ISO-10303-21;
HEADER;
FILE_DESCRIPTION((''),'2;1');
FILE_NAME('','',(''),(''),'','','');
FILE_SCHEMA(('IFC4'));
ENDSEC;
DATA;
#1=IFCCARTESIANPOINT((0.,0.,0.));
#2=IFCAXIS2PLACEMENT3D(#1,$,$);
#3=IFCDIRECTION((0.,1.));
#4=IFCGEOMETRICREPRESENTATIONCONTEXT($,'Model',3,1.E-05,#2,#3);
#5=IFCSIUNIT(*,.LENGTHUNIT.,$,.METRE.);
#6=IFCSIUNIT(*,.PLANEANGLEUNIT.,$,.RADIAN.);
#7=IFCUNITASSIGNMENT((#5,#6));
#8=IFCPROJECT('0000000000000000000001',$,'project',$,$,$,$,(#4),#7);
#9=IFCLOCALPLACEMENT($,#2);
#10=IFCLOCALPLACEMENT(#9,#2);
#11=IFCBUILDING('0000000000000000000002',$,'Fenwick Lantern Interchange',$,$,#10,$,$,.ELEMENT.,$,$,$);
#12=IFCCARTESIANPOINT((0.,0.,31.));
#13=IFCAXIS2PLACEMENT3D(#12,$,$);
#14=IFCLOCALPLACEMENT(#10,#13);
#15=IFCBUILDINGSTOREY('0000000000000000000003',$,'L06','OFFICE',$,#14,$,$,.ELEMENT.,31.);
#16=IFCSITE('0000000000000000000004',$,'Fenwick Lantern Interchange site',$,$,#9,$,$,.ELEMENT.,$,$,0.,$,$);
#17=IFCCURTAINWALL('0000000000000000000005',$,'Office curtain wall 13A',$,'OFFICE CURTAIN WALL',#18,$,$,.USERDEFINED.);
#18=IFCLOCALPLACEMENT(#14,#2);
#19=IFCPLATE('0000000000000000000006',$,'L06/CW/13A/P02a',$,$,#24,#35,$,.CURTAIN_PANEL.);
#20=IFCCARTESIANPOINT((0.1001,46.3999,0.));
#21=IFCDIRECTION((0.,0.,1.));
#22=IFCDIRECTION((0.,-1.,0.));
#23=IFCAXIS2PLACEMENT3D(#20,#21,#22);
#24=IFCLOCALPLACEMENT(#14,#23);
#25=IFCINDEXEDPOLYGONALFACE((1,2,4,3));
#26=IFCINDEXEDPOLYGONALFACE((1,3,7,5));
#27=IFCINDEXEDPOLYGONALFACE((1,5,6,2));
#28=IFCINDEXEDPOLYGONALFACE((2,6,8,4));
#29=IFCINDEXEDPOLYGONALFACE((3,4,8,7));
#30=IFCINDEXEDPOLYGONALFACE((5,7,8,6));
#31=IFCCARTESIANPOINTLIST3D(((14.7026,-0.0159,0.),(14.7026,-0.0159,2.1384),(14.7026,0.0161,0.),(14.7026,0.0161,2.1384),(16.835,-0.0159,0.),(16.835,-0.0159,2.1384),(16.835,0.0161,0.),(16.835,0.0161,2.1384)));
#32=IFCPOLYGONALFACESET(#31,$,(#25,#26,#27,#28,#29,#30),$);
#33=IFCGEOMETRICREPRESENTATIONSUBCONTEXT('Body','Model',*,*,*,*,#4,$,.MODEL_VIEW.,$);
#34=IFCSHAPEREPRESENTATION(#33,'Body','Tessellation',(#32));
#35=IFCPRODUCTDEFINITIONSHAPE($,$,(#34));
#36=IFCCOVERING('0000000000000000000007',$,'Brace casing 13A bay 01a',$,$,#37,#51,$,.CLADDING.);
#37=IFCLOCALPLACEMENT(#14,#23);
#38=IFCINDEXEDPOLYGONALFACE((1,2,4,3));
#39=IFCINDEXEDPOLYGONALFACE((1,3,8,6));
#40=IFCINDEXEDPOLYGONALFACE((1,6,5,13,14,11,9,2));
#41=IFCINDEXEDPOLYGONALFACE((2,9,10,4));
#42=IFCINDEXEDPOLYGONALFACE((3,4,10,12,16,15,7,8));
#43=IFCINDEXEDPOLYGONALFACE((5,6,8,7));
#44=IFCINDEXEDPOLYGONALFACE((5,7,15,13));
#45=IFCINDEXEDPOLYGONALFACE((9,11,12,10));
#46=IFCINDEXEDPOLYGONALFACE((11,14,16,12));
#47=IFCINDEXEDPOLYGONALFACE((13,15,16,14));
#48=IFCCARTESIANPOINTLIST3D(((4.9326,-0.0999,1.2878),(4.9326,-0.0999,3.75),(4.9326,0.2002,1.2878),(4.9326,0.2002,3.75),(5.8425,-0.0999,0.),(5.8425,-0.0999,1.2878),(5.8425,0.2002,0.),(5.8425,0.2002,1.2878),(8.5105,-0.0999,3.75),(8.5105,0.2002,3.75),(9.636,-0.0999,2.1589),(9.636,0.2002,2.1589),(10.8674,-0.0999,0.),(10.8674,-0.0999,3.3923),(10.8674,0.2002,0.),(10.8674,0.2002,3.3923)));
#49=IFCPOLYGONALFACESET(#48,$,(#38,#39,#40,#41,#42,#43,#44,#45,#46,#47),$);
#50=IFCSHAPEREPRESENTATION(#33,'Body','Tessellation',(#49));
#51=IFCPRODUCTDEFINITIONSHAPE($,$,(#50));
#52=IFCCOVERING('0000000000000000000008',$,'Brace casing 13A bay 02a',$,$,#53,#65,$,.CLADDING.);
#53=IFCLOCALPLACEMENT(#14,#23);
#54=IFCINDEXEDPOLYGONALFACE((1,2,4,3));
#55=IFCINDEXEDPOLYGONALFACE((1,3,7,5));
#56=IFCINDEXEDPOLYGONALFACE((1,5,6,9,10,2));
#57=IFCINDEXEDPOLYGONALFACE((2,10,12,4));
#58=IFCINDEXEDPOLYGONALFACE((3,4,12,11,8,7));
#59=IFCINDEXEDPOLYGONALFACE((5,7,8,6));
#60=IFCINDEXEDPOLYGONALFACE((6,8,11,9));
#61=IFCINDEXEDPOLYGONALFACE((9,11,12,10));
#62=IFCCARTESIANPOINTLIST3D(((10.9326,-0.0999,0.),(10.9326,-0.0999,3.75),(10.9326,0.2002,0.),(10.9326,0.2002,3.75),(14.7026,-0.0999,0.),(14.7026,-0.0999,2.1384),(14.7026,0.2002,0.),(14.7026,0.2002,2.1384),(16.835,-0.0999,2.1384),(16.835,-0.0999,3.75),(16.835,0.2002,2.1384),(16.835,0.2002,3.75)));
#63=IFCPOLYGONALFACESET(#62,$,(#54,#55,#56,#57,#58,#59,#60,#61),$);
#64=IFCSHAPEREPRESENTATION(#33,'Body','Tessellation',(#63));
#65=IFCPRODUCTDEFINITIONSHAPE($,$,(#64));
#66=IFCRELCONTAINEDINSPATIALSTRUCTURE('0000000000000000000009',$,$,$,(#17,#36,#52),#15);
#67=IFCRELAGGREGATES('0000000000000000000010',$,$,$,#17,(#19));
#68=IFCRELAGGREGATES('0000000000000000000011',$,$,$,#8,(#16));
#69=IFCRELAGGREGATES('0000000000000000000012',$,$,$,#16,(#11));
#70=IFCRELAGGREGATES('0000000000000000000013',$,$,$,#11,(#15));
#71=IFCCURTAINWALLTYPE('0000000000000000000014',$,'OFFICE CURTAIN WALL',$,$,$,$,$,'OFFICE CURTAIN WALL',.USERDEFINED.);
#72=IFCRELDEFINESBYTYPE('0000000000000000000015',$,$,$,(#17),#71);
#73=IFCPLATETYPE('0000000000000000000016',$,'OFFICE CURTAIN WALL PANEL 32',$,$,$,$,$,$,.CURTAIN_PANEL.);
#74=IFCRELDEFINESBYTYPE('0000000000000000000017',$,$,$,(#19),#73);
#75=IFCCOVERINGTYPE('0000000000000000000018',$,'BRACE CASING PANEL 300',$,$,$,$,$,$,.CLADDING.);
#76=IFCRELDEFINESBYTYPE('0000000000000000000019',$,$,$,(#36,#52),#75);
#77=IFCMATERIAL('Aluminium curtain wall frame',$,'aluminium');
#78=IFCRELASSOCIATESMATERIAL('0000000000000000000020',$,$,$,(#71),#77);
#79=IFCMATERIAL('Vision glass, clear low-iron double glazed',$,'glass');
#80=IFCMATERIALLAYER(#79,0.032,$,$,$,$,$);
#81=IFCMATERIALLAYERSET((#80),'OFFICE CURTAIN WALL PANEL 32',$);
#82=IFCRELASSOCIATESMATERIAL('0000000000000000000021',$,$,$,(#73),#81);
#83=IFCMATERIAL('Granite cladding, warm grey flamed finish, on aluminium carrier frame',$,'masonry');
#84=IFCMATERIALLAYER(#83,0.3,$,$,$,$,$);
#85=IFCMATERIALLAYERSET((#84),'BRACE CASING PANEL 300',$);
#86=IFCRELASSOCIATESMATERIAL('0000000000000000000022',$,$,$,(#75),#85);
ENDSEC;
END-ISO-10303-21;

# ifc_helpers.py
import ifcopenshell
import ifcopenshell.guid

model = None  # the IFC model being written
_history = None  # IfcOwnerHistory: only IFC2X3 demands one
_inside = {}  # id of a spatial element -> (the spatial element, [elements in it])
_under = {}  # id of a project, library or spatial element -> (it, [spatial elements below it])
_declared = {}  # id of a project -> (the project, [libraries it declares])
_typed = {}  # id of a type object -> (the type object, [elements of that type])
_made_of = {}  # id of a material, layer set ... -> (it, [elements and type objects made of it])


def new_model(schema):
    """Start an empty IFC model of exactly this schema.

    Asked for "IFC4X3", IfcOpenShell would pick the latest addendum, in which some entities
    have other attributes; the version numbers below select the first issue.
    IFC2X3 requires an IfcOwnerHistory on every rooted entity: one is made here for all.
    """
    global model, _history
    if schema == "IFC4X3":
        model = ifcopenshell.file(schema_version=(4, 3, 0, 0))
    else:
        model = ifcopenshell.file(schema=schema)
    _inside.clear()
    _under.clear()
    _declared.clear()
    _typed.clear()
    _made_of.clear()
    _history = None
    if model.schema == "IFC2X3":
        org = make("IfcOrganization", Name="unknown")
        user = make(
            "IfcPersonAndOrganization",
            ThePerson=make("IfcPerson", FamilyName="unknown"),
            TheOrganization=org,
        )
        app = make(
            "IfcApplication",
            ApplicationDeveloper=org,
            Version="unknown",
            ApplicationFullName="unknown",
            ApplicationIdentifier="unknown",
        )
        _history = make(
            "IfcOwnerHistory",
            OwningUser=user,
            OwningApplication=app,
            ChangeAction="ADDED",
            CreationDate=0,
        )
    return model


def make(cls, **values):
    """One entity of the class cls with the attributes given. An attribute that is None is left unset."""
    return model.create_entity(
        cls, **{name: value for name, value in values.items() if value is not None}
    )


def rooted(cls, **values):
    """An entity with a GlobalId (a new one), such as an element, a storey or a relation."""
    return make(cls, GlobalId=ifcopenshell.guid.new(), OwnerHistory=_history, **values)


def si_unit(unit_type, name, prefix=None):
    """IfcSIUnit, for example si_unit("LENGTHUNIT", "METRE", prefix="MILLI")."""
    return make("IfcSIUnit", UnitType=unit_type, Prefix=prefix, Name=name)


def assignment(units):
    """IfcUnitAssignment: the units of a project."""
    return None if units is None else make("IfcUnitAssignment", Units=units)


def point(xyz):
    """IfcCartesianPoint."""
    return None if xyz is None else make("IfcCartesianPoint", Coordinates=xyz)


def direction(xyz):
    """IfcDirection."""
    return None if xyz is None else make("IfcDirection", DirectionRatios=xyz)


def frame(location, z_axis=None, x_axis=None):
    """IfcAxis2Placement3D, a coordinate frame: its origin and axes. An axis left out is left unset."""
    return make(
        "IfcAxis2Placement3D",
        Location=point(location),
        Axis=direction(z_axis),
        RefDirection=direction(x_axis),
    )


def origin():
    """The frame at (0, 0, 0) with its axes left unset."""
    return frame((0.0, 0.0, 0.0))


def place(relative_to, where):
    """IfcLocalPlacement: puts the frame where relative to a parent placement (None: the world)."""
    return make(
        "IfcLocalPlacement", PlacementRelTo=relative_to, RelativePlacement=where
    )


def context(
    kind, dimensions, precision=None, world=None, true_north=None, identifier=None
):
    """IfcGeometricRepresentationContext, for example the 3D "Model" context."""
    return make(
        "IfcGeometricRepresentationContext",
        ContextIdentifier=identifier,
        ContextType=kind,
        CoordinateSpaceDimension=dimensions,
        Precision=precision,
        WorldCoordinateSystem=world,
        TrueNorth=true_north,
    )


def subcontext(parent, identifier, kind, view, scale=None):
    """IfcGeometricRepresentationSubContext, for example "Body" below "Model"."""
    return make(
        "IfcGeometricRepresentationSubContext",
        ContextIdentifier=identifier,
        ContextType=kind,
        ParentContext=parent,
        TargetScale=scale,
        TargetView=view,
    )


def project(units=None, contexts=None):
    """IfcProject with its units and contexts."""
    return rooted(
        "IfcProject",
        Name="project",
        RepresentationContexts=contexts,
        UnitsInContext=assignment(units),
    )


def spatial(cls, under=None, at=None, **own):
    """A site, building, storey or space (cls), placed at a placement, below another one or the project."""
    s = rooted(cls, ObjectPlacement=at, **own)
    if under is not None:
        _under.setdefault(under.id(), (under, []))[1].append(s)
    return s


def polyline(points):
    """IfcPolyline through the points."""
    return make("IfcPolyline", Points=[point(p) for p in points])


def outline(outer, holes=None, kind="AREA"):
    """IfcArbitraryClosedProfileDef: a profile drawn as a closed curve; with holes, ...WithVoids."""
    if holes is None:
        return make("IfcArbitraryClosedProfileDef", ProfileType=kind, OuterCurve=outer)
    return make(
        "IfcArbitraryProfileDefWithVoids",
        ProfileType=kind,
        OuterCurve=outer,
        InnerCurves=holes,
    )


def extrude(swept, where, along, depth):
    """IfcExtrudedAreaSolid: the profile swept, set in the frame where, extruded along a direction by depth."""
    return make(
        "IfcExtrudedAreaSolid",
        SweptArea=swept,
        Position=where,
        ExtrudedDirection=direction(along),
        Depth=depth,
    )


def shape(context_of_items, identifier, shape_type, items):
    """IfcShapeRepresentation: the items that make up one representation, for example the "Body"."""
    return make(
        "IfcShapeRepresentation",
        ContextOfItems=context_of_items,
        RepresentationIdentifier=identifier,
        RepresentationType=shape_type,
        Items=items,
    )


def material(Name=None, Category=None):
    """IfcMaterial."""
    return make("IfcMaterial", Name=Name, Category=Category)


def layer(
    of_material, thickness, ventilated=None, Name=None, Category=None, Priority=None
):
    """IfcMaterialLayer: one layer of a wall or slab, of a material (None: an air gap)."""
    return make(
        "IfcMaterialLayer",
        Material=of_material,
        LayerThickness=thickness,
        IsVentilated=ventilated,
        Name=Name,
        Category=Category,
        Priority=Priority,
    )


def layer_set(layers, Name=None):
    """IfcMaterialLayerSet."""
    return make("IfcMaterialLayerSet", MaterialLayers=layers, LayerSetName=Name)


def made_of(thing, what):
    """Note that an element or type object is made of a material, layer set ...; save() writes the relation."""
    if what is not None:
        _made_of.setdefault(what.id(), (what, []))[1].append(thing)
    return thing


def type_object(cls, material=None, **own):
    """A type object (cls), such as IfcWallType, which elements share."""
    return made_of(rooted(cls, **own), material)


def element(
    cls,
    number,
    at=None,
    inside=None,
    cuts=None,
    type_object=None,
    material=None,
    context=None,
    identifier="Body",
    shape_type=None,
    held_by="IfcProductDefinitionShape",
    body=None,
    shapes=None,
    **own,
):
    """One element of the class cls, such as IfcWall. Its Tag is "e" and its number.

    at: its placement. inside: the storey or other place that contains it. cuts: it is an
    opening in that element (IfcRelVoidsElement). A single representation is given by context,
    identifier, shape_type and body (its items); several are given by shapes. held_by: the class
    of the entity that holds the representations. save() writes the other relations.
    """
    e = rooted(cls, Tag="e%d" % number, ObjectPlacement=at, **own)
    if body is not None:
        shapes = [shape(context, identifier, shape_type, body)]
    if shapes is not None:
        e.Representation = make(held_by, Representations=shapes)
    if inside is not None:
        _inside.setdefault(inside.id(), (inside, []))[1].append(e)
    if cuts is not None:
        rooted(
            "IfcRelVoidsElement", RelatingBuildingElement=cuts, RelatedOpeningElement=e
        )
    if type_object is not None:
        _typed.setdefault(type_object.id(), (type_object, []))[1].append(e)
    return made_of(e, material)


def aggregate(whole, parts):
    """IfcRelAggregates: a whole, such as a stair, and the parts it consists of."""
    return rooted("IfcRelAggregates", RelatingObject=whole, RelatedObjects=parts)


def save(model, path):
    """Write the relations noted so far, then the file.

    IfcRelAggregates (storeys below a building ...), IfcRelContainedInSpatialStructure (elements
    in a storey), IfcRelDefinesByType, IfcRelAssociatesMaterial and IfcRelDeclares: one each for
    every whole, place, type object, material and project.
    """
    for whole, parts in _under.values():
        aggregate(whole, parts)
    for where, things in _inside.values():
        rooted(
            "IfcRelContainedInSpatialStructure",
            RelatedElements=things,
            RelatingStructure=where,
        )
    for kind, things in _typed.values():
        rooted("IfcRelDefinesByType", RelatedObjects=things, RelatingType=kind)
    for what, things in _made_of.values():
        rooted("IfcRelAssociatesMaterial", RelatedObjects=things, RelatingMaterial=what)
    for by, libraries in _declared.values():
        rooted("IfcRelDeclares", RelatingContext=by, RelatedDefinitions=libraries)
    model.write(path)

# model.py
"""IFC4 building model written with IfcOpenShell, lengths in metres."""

from ifc_helpers import new_model, si_unit, direction, frame, origin, place, context, subcontext, project, spatial, polyline, outline, extrude, material, layer, layer_set, type_object, element, aggregate, save


model = new_model("IFC4")

# Units and contexts
model_context = context("Model", 3, precision=1e-05, world=origin(), true_north=direction((0.0, 1.0)))
body_context = subcontext(model_context, "Body", "Model", "MODEL_VIEW")
ifc_project = project(units=[si_unit("LENGTHUNIT", "METRE"), si_unit("PLANEANGLEUNIT", "RADIAN")], contexts=[model_context])

# Site, building, storey
site_placement = place(None, origin())
site = spatial("IfcSite", under=ifc_project, at=site_placement, Name="Fenwick Lantern Interchange site", CompositionType="ELEMENT", RefElevation=0.0)
building_placement = place(site_placement, origin())
building = spatial("IfcBuilding", under=site, at=building_placement, Name="Fenwick Lantern Interchange", CompositionType="ELEMENT")
storey_placement = place(building_placement, frame((0.0, 0.0, 31.0)))
storey = spatial("IfcBuildingStorey", under=building, at=storey_placement, Name="L06", Description="OFFICE", CompositionType="ELEMENT", Elevation=31.0)

# Shared definitions
ifc_material_1 = material(Name="Aluminium curtain wall frame", Category="aluminium")
curtain_wall_type = type_object("IfcCurtainWallType", Name="OFFICE CURTAIN WALL", ElementType="OFFICE CURTAIN WALL", PredefinedType="USERDEFINED", material=ifc_material_1)

# Shared definitions
ifc_material_2 = material(Name="Vision glass, clear low-iron double glazed", Category="glass")
ifc_layer_1 = layer(ifc_material_2, 0.032)
ifc_layer_set_1 = layer_set([ifc_layer_1], Name="OFFICE CURTAIN WALL PANEL 32")
plate_type = type_object("IfcPlateType", Name="OFFICE CURTAIN WALL PANEL 32", PredefinedType="CURTAIN_PANEL", material=ifc_layer_set_1)

# Curtain wall, plate
curtain_wall_1_placement = place(storey_placement, origin())
curtain_wall_1 = element("IfcCurtainWall", 1, at=curtain_wall_1_placement, inside=storey, type_object=curtain_wall_type, Name="Office curtain wall 13A", ObjectType="OFFICE CURTAIN WALL", PredefinedType="USERDEFINED")
plate_1_placement = place(storey_placement, frame((0.1001, 46.3999, 0.0), z_axis=(0.0, 0.0, 1.0), x_axis=(0.0, -1.0, 0.0)))
plate_1 = element("IfcPlate", 2, at=plate_1_placement, type_object=plate_type, Name="L06/CW/13A/P02a", PredefinedType="CURTAIN_PANEL", context=body_context, shape_type="SweptSolid", body=[
    extrude(outline(polyline([(14.7026, 0.0), (16.835, 0.0), (16.835, 2.1384), (14.7026, 2.1384), (14.7026, 0.0)])), frame((0.0, 0.0161, 0.0), z_axis=(0.0, -1.0, 0.0), x_axis=(1.0, 0.0, 0.0)), (0.0, 0.0, 1.0), 0.032),
])
aggregate(curtain_wall_1, [plate_1])

# Coverings
ifc_material_3 = material(Name="Granite cladding, warm grey flamed finish, on aluminium carrier frame", Category="masonry")
ifc_layer_2 = layer(ifc_material_3, 0.3)
ifc_layer_set_2 = layer_set([ifc_layer_2], Name="BRACE CASING PANEL 300")
covering_type = type_object("IfcCoveringType", Name="BRACE CASING PANEL 300", PredefinedType="CLADDING", material=ifc_layer_set_2)
covering_1_placement = place(storey_placement, frame((0.1001, 46.3999, 0.0), z_axis=(0.0, 0.0, 1.0), x_axis=(0.0, -1.0, 0.0)))
element("IfcCovering", 3, at=covering_1_placement, inside=storey, type_object=covering_type, Name="Brace casing 13A bay 01a", PredefinedType="CLADDING", context=body_context, shape_type="SweptSolid", body=[
    extrude(outline(polyline([(5.8425, 0.0), (10.8674, 0.0), (10.8674, 3.3923), (9.636, 2.1589), (8.5105, 3.75), (4.9326, 3.75), (4.9326, 1.2878), (5.8425, 1.2878), (5.8425, 0.0)])), frame((0.0, 0.2002, 0.0), z_axis=(0.0, -1.0, 0.0), x_axis=(1.0, 0.0, 0.0)), (0.0, 0.0, 1.0), 0.3),
])
covering_2_placement = place(storey_placement, frame((0.1001, 46.3999, 0.0), z_axis=(0.0, 0.0, 1.0), x_axis=(0.0, -1.0, 0.0)))
element("IfcCovering", 4, at=covering_2_placement, inside=storey, type_object=covering_type, Name="Brace casing 13A bay 02a", PredefinedType="CLADDING", context=body_context, shape_type="SweptSolid", body=[
    extrude(outline(polyline([(10.9326, 0.0), (14.7026, 0.0), (14.7026, 2.1384), (16.835, 2.1384), (16.835, 3.75), (10.9326, 3.75), (10.9326, 0.0)])), frame((0.0, 0.2002, 0.0), z_axis=(0.0, -1.0, 0.0), x_axis=(1.0, 0.0, 0.0)), (0.0, 0.0, 1.0), 0.3),
])

save(model, "model.ifc")
